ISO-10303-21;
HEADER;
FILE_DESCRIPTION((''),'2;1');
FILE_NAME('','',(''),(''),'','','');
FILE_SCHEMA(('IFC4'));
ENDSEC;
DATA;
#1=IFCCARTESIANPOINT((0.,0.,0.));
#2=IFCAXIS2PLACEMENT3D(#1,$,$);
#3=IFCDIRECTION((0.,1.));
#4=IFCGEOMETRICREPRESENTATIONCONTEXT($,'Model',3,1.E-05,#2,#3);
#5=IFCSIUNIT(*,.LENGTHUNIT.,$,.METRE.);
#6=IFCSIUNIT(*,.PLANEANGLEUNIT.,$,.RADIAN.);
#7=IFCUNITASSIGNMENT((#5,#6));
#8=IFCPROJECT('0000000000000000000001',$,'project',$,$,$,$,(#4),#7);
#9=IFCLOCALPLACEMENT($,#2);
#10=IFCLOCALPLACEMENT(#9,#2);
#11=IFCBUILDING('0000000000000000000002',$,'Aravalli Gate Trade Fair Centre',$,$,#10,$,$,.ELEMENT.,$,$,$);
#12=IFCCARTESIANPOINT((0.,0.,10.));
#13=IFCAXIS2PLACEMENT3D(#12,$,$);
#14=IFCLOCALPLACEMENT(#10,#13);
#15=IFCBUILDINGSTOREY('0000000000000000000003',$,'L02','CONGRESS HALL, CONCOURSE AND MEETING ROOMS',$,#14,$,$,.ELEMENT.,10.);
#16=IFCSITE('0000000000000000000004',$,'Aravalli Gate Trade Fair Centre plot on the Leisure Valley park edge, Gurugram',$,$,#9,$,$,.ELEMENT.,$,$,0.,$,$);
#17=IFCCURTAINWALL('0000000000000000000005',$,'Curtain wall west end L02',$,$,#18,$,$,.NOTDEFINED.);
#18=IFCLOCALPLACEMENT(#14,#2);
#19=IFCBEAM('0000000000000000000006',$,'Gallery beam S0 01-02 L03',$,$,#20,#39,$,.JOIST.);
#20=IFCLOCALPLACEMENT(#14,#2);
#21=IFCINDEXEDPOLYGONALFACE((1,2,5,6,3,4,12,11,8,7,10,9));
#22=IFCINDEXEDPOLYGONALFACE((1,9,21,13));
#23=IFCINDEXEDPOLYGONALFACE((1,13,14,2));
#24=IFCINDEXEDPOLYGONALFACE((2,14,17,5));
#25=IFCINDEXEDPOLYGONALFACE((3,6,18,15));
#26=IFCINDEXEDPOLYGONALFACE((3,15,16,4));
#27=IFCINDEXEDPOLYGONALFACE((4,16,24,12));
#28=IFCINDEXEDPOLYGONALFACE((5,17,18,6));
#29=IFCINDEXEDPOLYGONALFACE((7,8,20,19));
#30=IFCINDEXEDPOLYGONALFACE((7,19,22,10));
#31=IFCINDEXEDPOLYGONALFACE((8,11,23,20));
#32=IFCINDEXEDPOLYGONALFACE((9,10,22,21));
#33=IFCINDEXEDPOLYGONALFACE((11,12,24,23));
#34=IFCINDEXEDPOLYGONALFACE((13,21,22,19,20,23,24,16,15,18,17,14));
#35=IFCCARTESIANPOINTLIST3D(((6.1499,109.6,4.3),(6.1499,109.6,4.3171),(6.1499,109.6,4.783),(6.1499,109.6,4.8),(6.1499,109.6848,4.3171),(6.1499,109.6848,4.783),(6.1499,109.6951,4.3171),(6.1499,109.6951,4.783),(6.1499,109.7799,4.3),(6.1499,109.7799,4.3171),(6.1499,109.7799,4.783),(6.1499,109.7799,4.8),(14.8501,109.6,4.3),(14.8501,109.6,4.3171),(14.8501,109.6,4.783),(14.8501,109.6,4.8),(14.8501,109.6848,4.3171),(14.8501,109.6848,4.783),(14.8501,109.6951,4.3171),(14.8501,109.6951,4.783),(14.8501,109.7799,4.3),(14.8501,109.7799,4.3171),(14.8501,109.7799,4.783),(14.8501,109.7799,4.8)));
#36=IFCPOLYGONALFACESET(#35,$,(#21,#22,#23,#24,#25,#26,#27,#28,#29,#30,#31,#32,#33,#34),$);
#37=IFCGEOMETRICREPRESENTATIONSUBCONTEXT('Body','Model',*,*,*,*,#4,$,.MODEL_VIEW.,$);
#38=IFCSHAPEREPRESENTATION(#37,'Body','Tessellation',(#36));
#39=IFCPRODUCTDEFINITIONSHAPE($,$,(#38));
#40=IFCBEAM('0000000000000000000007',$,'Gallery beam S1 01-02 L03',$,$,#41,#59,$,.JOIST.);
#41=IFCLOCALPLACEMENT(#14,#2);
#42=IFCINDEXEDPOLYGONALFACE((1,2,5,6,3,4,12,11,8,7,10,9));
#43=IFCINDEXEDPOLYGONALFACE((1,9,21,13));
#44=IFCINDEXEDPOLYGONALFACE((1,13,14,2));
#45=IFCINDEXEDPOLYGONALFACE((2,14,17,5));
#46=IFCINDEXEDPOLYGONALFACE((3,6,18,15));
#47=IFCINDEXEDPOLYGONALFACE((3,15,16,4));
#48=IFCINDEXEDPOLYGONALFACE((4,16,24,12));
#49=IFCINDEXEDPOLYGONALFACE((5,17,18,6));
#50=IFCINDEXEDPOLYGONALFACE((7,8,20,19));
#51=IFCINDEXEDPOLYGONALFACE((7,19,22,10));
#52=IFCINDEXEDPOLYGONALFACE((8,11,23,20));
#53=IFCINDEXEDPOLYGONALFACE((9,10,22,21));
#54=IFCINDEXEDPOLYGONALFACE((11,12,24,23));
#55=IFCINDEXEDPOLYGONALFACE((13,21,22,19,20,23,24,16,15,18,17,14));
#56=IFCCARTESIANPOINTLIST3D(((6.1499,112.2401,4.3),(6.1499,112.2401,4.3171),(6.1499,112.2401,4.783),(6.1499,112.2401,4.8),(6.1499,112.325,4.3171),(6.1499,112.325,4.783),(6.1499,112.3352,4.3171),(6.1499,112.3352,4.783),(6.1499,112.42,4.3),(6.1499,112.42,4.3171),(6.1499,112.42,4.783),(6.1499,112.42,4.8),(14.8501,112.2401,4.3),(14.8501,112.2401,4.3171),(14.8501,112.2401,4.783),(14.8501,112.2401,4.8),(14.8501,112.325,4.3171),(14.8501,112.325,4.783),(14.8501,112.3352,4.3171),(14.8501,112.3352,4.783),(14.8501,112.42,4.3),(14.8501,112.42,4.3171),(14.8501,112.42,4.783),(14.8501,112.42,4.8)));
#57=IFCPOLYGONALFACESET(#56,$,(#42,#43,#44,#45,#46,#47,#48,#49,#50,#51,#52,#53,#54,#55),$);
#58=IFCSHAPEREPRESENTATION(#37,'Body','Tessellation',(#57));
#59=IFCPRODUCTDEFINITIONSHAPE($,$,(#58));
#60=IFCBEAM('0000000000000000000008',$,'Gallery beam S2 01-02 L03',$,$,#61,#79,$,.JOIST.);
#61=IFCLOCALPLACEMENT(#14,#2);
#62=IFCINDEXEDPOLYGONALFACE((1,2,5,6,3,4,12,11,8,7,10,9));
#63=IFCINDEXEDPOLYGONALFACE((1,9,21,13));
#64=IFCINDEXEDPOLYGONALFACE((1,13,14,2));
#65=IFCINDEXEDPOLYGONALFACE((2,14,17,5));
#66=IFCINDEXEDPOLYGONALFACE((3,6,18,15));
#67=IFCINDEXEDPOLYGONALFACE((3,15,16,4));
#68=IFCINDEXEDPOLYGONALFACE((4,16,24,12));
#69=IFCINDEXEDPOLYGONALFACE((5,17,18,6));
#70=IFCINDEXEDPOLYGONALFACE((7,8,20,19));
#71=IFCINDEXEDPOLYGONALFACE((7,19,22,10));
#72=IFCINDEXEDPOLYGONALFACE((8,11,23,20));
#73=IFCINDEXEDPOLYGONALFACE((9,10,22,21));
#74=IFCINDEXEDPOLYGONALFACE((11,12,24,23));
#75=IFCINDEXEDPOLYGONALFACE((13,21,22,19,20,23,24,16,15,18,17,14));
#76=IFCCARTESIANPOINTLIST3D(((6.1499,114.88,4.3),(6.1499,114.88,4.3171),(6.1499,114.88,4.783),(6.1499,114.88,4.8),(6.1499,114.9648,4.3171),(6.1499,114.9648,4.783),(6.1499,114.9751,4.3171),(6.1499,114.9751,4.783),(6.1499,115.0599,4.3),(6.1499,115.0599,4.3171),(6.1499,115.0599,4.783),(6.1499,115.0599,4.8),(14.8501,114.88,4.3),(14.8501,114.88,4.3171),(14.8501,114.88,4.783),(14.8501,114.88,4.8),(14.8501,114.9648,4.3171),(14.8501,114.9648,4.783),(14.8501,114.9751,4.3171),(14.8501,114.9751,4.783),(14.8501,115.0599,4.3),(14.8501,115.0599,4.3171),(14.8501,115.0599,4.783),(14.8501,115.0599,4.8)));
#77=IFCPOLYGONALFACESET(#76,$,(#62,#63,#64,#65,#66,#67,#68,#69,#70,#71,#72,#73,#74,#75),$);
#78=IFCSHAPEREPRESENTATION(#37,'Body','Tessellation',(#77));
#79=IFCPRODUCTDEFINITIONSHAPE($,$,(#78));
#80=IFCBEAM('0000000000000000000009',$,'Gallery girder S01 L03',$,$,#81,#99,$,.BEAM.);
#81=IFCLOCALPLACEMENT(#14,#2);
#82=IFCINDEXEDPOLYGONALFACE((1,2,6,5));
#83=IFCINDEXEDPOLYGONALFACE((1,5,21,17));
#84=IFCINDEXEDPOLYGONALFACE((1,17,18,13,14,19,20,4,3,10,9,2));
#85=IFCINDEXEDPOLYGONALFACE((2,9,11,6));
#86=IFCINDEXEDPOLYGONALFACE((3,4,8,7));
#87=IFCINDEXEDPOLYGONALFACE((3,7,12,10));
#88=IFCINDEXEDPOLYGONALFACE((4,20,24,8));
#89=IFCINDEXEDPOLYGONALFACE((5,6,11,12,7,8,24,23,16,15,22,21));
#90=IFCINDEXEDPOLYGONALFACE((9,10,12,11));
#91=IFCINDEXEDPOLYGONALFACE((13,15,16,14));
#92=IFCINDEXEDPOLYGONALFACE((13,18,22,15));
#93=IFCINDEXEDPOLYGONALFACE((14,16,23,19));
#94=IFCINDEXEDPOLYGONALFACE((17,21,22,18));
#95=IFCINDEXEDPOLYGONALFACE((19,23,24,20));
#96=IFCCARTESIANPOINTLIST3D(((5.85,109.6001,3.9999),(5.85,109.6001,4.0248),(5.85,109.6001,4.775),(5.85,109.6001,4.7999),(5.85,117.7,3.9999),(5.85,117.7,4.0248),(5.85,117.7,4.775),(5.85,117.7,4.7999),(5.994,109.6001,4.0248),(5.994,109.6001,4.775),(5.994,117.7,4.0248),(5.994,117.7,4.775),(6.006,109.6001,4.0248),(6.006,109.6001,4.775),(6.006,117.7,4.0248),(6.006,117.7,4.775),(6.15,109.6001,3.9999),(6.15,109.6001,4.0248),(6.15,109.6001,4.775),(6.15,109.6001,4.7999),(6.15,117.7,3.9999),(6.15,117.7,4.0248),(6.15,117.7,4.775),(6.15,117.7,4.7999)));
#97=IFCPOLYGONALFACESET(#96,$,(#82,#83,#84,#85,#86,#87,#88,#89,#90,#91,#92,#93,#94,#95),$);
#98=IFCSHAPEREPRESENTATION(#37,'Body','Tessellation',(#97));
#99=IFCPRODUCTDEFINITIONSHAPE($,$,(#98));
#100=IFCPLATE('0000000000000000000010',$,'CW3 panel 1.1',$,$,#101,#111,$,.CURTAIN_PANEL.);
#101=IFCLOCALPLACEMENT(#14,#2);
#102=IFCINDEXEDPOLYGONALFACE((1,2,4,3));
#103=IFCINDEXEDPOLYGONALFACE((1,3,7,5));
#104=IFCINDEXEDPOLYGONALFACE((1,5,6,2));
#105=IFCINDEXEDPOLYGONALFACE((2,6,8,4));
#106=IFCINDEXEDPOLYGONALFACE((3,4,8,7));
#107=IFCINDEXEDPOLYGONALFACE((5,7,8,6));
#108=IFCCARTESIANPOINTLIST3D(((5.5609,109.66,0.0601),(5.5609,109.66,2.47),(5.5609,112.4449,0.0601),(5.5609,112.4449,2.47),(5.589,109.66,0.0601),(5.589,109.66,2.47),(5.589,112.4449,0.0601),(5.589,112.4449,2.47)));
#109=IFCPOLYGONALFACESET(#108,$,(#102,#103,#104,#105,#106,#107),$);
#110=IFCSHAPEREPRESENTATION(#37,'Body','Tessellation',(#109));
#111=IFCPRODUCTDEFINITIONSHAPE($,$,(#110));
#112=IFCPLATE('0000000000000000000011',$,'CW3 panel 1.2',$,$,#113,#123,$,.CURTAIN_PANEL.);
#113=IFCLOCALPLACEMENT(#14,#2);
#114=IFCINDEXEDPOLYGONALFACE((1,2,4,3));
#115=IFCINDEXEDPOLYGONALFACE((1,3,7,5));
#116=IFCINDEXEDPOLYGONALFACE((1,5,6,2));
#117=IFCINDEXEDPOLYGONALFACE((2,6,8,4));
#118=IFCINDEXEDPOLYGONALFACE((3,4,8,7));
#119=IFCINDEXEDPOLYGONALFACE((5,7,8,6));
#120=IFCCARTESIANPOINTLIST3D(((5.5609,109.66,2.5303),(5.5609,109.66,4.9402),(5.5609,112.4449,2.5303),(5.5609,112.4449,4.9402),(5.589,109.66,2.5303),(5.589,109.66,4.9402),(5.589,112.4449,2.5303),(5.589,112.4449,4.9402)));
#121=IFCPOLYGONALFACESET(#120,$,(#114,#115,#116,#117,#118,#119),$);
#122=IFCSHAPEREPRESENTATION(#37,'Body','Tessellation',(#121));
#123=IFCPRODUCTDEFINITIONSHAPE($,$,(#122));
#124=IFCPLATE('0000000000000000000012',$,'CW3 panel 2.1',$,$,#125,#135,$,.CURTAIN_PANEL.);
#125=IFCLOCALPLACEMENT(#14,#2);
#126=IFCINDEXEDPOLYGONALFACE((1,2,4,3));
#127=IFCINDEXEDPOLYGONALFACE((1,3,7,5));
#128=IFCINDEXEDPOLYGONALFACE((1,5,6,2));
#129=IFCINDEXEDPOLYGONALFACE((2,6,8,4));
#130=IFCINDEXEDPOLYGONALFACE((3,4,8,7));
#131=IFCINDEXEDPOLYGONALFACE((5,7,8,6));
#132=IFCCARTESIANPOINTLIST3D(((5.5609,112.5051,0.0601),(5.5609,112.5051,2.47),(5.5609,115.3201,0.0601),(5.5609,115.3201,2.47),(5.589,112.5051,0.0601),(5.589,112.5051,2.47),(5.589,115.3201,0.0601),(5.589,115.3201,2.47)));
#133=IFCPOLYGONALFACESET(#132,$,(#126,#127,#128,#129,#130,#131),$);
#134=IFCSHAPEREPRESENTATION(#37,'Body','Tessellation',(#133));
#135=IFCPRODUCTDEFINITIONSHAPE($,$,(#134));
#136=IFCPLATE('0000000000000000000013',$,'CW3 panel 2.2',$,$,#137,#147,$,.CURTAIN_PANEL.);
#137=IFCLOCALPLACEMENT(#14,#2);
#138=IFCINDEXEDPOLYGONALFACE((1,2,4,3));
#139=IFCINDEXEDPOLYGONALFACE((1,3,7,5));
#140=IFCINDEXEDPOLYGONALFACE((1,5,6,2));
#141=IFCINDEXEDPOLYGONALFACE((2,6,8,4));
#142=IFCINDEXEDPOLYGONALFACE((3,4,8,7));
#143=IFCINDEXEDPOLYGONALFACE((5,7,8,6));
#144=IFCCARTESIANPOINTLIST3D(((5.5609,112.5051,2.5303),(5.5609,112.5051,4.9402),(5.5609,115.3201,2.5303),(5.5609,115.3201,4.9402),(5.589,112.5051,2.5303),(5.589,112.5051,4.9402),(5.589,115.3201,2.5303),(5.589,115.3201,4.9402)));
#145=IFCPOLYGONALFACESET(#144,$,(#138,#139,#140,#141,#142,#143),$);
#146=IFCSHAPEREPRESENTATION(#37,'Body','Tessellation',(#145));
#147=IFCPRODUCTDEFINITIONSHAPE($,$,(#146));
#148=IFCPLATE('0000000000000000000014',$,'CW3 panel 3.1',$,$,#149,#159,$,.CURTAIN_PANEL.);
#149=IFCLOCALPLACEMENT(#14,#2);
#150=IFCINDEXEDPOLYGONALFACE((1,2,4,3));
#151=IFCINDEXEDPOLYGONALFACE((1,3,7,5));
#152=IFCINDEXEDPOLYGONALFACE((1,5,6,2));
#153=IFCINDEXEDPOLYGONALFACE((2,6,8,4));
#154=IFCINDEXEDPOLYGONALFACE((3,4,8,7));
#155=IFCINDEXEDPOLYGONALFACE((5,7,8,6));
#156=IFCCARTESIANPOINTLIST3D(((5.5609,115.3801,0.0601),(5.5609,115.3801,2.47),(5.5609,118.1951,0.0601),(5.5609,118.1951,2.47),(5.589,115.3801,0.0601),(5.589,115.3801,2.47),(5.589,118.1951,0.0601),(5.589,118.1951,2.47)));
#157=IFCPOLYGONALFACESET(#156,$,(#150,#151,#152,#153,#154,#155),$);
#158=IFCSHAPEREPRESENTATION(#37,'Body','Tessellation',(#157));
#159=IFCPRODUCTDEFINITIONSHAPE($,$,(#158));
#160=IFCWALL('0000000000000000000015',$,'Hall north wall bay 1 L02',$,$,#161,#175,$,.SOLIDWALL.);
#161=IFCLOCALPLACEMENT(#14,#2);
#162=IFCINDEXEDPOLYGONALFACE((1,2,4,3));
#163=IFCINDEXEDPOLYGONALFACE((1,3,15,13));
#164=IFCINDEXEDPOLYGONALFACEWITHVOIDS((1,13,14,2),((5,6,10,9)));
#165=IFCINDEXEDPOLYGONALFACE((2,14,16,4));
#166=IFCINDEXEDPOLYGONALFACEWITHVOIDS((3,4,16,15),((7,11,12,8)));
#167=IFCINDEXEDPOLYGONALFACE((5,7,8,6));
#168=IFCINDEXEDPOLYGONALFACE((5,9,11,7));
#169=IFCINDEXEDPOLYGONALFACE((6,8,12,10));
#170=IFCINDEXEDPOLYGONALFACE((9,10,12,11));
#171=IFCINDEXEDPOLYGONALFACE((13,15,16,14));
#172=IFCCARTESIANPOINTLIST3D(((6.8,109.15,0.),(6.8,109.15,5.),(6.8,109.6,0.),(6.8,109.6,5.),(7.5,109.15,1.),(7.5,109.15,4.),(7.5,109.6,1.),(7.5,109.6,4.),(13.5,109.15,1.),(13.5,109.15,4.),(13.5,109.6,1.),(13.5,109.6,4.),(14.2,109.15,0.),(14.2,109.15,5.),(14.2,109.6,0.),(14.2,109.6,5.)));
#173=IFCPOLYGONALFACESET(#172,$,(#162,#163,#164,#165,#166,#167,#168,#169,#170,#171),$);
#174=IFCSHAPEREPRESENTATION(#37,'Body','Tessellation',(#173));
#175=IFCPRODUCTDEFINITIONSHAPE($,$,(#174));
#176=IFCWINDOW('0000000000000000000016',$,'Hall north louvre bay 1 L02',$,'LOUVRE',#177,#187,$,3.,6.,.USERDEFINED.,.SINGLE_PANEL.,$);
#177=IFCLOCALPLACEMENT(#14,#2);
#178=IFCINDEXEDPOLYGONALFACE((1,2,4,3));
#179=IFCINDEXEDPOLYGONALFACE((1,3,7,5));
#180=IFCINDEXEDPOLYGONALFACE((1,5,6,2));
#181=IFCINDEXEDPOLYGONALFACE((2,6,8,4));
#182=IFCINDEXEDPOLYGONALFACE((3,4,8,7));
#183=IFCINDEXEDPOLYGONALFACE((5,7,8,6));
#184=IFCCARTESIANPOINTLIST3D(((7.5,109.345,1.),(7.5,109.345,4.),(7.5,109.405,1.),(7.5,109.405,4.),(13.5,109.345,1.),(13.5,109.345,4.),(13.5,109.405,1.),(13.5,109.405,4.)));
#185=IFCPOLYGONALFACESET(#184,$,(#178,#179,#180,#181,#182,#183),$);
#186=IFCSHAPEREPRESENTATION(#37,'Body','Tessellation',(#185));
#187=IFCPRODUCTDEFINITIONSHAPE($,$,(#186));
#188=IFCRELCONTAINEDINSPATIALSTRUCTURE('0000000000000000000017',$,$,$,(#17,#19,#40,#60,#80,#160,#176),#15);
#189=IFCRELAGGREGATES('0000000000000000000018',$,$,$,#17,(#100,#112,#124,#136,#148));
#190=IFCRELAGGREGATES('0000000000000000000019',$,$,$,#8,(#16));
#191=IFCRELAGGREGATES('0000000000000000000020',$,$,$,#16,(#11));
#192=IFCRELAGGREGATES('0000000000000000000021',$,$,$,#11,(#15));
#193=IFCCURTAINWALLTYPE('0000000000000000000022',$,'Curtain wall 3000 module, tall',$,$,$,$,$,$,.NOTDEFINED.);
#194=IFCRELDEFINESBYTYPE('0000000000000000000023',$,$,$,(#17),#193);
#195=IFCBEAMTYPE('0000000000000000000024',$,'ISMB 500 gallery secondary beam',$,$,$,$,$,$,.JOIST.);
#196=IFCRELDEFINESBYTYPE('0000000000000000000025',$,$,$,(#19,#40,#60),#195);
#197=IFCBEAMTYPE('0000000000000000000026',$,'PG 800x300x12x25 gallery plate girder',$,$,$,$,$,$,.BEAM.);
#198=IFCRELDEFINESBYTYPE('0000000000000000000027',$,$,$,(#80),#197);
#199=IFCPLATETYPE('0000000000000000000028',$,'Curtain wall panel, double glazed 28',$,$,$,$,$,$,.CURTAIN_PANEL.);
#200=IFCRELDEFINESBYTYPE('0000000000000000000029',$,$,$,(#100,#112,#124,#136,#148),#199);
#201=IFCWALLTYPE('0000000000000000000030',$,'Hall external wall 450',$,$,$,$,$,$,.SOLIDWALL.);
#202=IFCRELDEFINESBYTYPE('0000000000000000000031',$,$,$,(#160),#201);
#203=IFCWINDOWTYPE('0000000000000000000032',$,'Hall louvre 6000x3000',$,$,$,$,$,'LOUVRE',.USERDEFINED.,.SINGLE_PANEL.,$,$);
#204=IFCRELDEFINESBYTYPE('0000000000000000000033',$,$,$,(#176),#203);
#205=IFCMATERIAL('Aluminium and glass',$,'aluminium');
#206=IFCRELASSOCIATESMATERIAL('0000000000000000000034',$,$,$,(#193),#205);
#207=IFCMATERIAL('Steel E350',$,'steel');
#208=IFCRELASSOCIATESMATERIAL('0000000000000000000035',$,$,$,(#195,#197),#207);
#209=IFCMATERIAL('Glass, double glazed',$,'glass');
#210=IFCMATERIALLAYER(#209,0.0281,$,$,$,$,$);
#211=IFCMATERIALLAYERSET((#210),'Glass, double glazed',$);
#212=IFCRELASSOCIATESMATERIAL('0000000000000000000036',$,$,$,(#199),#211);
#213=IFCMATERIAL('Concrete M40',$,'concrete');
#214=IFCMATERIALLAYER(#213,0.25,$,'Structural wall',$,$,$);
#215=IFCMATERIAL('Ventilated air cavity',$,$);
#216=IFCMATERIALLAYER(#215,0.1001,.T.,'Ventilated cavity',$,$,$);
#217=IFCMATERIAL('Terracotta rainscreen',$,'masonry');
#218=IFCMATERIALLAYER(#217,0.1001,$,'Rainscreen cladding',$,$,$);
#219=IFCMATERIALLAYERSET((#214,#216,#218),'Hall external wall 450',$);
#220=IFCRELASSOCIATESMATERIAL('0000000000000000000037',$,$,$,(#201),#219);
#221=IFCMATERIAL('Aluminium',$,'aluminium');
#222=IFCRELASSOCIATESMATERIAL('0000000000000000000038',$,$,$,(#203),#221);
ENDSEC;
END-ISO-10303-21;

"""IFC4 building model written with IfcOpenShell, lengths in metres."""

from ifc_helpers import new_model, si_unit, direction, frame, frame_2d, origin, origin_2d, place, context, subcontext, project, spatial, rectangle, i_section, extrude, material, layer, layer_set, material_profile, profile_set, type_object, element, fill, aggregate, save


model = new_model("IFC4")

# Units and contexts
model_context = context("Model", 3, precision=1e-05, world=origin(), true_north=direction((0.0, 1.0)))
body_context = subcontext(model_context, "Body", "Model", "MODEL_VIEW")
ifc_project = project(units=[si_unit("LENGTHUNIT", "METRE"), si_unit("PLANEANGLEUNIT", "RADIAN")], contexts=[model_context])

# Site, building, storey
site_placement = place(None, origin())
site = spatial("IfcSite", under=ifc_project, at=site_placement, Name="Aravalli Gate Trade Fair Centre plot on the Leisure Valley park edge, Gurugram", CompositionType="ELEMENT", RefElevation=0.0)
building_placement = place(site_placement, origin())
building = spatial("IfcBuilding", under=site, at=building_placement, Name="Aravalli Gate Trade Fair Centre", CompositionType="ELEMENT")
storey_placement = place(building_placement, frame((0.0, 0.0, 10.0)))
storey = spatial("IfcBuildingStorey", under=building, at=storey_placement, Name="L02", Description="CONGRESS HALL, CONCOURSE AND MEETING ROOMS", CompositionType="ELEMENT", Elevation=10.0)

# Curtain wall
ifc_material_1 = material(Name="Aluminium and glass", Category="aluminium")
curtain_wall_type = type_object("IfcCurtainWallType", Name="Curtain wall 3000 module, tall", PredefinedType="NOTDEFINED", material=ifc_material_1)
curtain_wall_placement = place(storey_placement, origin())
curtain_wall = element("IfcCurtainWall", 1, at=curtain_wall_placement, inside=storey, type_object=curtain_wall_type, Name="Curtain wall west end L02", PredefinedType="NOTDEFINED")
ifc_material_2 = material(Name="Aluminium", Category="aluminium")

# Shared definitions
ifc_material_3 = material(Name="Steel E350", Category="steel")

# Beams
ifc_material_profile_1 = material_profile(ifc_material_3, i_section(OverallWidth=0.1799, OverallDepth=0.5, WebThickness=0.0103, FlangeThickness=0.0171, at=origin_2d()), Name="ISMB 500")
ifc_profile_set_1 = profile_set([ifc_material_profile_1], Name="Steel E350")
beam_type_1 = type_object("IfcBeamType", Name="ISMB 500 gallery secondary beam", PredefinedType="JOIST", material=ifc_profile_set_1)
for number, where, z_axis, x_axis, name in (
    (2, (6.1499, 109.6899, 4.55), (1.0, 0.0, 0.0), (0.0, 1.0, 0.0), "Gallery beam S0 01-02 L03"),
    (3, (6.1499, 112.3301, 4.55), (1.0, 0.0, 0.0), (0.0, 1.0, 0.0), "Gallery beam S1 01-02 L03"),
    (4, (6.1499, 114.97, 4.55), (1.0, 0.0, 0.0), (0.0, 1.0, 0.0), "Gallery beam S2 01-02 L03"),
):
    element("IfcBeam", number, at=place(storey_placement, frame(where, z_axis=z_axis, x_axis=x_axis)), inside=storey, type_object=beam_type_1, Name=name, PredefinedType="JOIST", context=body_context, shape_type="SweptSolid", body=[
        extrude(i_section(OverallWidth=0.1799, OverallDepth=0.5, WebThickness=0.0103, FlangeThickness=0.0171, at=origin_2d()), origin(), (0.0, 0.0, 1.0), 8.7002),
    ])
ifc_material_profile_2 = material_profile(ifc_material_3, i_section(OverallWidth=0.3, OverallDepth=0.8, WebThickness=0.012, FlangeThickness=0.0249, at=origin_2d()), Name="PG 800x300x12x25")
ifc_profile_set_2 = profile_set([ifc_material_profile_2], Name="Steel E350")
beam_type_2 = type_object("IfcBeamType", Name="PG 800x300x12x25 gallery plate girder", PredefinedType="BEAM", material=ifc_profile_set_2)
beam_placement = place(storey_placement, frame((6.0, 109.6001, 4.3999), z_axis=(0.0, 1.0, 0.0), x_axis=(-1.0, 0.0, 0.0)))
element("IfcBeam", 5, at=beam_placement, inside=storey, type_object=beam_type_2, Name="Gallery girder S01 L03", PredefinedType="BEAM", context=body_context, shape_type="SweptSolid", body=[
    extrude(i_section(OverallWidth=0.3, OverallDepth=0.8, WebThickness=0.012, FlangeThickness=0.0249, at=origin_2d()), origin(), (0.0, 0.0, 1.0), 8.0999),
])

# Plates
ifc_material_4 = material(Name="Glass, double glazed", Category="glass")
ifc_layer_1 = layer(ifc_material_4, 0.0281)
ifc_layer_set_1 = layer_set([ifc_layer_1], Name="Glass, double glazed")
plate_type = type_object("IfcPlateType", Name="Curtain wall panel, double glazed 28", PredefinedType="CURTAIN_PANEL", material=ifc_layer_set_1)
plate_1_placement = place(storey_placement, frame((5.575, 111.0525, 0.0601), z_axis=(0.0, 0.0, 1.0), x_axis=(0.0, 1.0, 0.0)))
plate_1 = element("IfcPlate", 6, at=plate_1_placement, type_object=plate_type, Name="CW3 panel 1.1", PredefinedType="CURTAIN_PANEL", context=body_context, shape_type="SweptSolid", body=[
    extrude(rectangle(XDim=2.7849, YDim=0.0281, at=origin_2d()), origin(), (0.0, 0.0, 1.0), 2.4099),
])
plate_2_placement = place(storey_placement, frame((5.575, 111.0525, 2.5303), z_axis=(0.0, 0.0, 1.0), x_axis=(0.0, 1.0, 0.0)))
plate_2 = element("IfcPlate", 7, at=plate_2_placement, type_object=plate_type, Name="CW3 panel 1.2", PredefinedType="CURTAIN_PANEL", context=body_context, shape_type="SweptSolid", body=[
    extrude(rectangle(XDim=2.7849, YDim=0.0281, at=origin_2d()), origin(), (0.0, 0.0, 1.0), 2.4099),
])
plate_3_placement = place(storey_placement, frame((5.575, 113.9126, 0.0601), z_axis=(0.0, 0.0, 1.0), x_axis=(0.0, 1.0, 0.0)))
plate_3 = element("IfcPlate", 8, at=plate_3_placement, type_object=plate_type, Name="CW3 panel 2.1", PredefinedType="CURTAIN_PANEL", context=body_context, shape_type="SweptSolid", body=[
    extrude(rectangle(XDim=2.8149, YDim=0.0281, at=origin_2d()), origin(), (0.0, 0.0, 1.0), 2.4099),
])
plate_4_placement = place(storey_placement, frame((5.575, 113.9126, 2.5303), z_axis=(0.0, 0.0, 1.0), x_axis=(0.0, 1.0, 0.0)))
plate_4 = element("IfcPlate", 9, at=plate_4_placement, type_object=plate_type, Name="CW3 panel 2.2", PredefinedType="CURTAIN_PANEL", context=body_context, shape_type="SweptSolid", body=[
    extrude(rectangle(XDim=2.8149, YDim=0.0281, at=origin_2d()), origin(), (0.0, 0.0, 1.0), 2.4099),
])
plate_5_placement = place(storey_placement, frame((5.575, 116.7876, 0.0601), z_axis=(0.0, 0.0, 1.0), x_axis=(0.0, 1.0, 0.0)))
plate_5 = element("IfcPlate", 10, at=plate_5_placement, type_object=plate_type, Name="CW3 panel 3.1", PredefinedType="CURTAIN_PANEL", context=body_context, shape_type="SweptSolid", body=[
    extrude(rectangle(XDim=2.8149, YDim=0.0281, at=origin_2d()), origin(), (0.0, 0.0, 1.0), 2.4099),
])
aggregate(curtain_wall, [plate_1, plate_2, plate_3, plate_4, plate_5])

# Wall, opening, window
ifc_material_5 = material(Name="Concrete M40", Category="concrete")
ifc_layer_2 = layer(ifc_material_5, 0.25, Name="Structural wall")
ifc_material_6 = material(Name="Ventilated air cavity")
ifc_layer_3 = layer(ifc_material_6, 0.1001, ventilated=True, Name="Ventilated cavity")
ifc_material_7 = material(Name="Terracotta rainscreen", Category="masonry")
ifc_layer_4 = layer(ifc_material_7, 0.1001, Name="Rainscreen cladding")
ifc_layer_set_2 = layer_set([ifc_layer_2, ifc_layer_3, ifc_layer_4], Name="Hall external wall 450")
wall_type = type_object("IfcWallType", Name="Hall external wall 450", PredefinedType="SOLIDWALL", material=ifc_layer_set_2)
wall_placement = place(storey_placement, frame((6.8, 109.375, 0.0), z_axis=(0.0, 0.0, 1.0), x_axis=(1.0, 0.0, 0.0)))
wall = element("IfcWall", 11, at=wall_placement, inside=storey, type_object=wall_type, Name="Hall north wall bay 1 L02", PredefinedType="SOLIDWALL", context=body_context, shape_type="SweptSolid", body=[
    extrude(rectangle(XDim=7.3999, YDim=0.45, at=frame_2d((3.7, 0.0))), origin(), (0.0, 0.0, 1.0), 5.0),
])
opening_placement = place(wall_placement, frame((0.7, 0.0, 1.0)))
opening = element("IfcOpeningElement", 12, at=opening_placement, cuts=wall, PredefinedType="OPENING", context=body_context, shape_type="SweptSolid", body=[
    extrude(rectangle(XDim=6.0, YDim=3.0, at=frame_2d((3.0, 1.5))), frame((0.0, 0.2349, 0.0), z_axis=(0.0, -1.0, 0.0), x_axis=(1.0, 0.0, 0.0)), (0.0, 0.0, 1.0), 0.47),
])
window_type = type_object("IfcWindowType", Name="Hall louvre 6000x3000", ElementType="LOUVRE", PartitioningType="SINGLE_PANEL", PredefinedType="USERDEFINED", material=ifc_material_2)
window_placement = place(opening_placement, origin())
window = element("IfcWindow", 13, at=window_placement, inside=storey, type_object=window_type, Name="Hall north louvre bay 1 L02", ObjectType="LOUVRE", OverallHeight=3.0, OverallWidth=6.0, PartitioningType="SINGLE_PANEL", PredefinedType="USERDEFINED", context=body_context, shape_type="SweptSolid", body=[
    extrude(rectangle(XDim=6.0, YDim=3.0, at=frame_2d((3.0, 1.5))), frame((0.0, 0.03, 0.0), z_axis=(0.0, -1.0, 0.0), x_axis=(1.0, 0.0, 0.0)), (0.0, 0.0, 1.0), 0.0601),
])
fill(opening, window)

save(model, "model.ifc")
